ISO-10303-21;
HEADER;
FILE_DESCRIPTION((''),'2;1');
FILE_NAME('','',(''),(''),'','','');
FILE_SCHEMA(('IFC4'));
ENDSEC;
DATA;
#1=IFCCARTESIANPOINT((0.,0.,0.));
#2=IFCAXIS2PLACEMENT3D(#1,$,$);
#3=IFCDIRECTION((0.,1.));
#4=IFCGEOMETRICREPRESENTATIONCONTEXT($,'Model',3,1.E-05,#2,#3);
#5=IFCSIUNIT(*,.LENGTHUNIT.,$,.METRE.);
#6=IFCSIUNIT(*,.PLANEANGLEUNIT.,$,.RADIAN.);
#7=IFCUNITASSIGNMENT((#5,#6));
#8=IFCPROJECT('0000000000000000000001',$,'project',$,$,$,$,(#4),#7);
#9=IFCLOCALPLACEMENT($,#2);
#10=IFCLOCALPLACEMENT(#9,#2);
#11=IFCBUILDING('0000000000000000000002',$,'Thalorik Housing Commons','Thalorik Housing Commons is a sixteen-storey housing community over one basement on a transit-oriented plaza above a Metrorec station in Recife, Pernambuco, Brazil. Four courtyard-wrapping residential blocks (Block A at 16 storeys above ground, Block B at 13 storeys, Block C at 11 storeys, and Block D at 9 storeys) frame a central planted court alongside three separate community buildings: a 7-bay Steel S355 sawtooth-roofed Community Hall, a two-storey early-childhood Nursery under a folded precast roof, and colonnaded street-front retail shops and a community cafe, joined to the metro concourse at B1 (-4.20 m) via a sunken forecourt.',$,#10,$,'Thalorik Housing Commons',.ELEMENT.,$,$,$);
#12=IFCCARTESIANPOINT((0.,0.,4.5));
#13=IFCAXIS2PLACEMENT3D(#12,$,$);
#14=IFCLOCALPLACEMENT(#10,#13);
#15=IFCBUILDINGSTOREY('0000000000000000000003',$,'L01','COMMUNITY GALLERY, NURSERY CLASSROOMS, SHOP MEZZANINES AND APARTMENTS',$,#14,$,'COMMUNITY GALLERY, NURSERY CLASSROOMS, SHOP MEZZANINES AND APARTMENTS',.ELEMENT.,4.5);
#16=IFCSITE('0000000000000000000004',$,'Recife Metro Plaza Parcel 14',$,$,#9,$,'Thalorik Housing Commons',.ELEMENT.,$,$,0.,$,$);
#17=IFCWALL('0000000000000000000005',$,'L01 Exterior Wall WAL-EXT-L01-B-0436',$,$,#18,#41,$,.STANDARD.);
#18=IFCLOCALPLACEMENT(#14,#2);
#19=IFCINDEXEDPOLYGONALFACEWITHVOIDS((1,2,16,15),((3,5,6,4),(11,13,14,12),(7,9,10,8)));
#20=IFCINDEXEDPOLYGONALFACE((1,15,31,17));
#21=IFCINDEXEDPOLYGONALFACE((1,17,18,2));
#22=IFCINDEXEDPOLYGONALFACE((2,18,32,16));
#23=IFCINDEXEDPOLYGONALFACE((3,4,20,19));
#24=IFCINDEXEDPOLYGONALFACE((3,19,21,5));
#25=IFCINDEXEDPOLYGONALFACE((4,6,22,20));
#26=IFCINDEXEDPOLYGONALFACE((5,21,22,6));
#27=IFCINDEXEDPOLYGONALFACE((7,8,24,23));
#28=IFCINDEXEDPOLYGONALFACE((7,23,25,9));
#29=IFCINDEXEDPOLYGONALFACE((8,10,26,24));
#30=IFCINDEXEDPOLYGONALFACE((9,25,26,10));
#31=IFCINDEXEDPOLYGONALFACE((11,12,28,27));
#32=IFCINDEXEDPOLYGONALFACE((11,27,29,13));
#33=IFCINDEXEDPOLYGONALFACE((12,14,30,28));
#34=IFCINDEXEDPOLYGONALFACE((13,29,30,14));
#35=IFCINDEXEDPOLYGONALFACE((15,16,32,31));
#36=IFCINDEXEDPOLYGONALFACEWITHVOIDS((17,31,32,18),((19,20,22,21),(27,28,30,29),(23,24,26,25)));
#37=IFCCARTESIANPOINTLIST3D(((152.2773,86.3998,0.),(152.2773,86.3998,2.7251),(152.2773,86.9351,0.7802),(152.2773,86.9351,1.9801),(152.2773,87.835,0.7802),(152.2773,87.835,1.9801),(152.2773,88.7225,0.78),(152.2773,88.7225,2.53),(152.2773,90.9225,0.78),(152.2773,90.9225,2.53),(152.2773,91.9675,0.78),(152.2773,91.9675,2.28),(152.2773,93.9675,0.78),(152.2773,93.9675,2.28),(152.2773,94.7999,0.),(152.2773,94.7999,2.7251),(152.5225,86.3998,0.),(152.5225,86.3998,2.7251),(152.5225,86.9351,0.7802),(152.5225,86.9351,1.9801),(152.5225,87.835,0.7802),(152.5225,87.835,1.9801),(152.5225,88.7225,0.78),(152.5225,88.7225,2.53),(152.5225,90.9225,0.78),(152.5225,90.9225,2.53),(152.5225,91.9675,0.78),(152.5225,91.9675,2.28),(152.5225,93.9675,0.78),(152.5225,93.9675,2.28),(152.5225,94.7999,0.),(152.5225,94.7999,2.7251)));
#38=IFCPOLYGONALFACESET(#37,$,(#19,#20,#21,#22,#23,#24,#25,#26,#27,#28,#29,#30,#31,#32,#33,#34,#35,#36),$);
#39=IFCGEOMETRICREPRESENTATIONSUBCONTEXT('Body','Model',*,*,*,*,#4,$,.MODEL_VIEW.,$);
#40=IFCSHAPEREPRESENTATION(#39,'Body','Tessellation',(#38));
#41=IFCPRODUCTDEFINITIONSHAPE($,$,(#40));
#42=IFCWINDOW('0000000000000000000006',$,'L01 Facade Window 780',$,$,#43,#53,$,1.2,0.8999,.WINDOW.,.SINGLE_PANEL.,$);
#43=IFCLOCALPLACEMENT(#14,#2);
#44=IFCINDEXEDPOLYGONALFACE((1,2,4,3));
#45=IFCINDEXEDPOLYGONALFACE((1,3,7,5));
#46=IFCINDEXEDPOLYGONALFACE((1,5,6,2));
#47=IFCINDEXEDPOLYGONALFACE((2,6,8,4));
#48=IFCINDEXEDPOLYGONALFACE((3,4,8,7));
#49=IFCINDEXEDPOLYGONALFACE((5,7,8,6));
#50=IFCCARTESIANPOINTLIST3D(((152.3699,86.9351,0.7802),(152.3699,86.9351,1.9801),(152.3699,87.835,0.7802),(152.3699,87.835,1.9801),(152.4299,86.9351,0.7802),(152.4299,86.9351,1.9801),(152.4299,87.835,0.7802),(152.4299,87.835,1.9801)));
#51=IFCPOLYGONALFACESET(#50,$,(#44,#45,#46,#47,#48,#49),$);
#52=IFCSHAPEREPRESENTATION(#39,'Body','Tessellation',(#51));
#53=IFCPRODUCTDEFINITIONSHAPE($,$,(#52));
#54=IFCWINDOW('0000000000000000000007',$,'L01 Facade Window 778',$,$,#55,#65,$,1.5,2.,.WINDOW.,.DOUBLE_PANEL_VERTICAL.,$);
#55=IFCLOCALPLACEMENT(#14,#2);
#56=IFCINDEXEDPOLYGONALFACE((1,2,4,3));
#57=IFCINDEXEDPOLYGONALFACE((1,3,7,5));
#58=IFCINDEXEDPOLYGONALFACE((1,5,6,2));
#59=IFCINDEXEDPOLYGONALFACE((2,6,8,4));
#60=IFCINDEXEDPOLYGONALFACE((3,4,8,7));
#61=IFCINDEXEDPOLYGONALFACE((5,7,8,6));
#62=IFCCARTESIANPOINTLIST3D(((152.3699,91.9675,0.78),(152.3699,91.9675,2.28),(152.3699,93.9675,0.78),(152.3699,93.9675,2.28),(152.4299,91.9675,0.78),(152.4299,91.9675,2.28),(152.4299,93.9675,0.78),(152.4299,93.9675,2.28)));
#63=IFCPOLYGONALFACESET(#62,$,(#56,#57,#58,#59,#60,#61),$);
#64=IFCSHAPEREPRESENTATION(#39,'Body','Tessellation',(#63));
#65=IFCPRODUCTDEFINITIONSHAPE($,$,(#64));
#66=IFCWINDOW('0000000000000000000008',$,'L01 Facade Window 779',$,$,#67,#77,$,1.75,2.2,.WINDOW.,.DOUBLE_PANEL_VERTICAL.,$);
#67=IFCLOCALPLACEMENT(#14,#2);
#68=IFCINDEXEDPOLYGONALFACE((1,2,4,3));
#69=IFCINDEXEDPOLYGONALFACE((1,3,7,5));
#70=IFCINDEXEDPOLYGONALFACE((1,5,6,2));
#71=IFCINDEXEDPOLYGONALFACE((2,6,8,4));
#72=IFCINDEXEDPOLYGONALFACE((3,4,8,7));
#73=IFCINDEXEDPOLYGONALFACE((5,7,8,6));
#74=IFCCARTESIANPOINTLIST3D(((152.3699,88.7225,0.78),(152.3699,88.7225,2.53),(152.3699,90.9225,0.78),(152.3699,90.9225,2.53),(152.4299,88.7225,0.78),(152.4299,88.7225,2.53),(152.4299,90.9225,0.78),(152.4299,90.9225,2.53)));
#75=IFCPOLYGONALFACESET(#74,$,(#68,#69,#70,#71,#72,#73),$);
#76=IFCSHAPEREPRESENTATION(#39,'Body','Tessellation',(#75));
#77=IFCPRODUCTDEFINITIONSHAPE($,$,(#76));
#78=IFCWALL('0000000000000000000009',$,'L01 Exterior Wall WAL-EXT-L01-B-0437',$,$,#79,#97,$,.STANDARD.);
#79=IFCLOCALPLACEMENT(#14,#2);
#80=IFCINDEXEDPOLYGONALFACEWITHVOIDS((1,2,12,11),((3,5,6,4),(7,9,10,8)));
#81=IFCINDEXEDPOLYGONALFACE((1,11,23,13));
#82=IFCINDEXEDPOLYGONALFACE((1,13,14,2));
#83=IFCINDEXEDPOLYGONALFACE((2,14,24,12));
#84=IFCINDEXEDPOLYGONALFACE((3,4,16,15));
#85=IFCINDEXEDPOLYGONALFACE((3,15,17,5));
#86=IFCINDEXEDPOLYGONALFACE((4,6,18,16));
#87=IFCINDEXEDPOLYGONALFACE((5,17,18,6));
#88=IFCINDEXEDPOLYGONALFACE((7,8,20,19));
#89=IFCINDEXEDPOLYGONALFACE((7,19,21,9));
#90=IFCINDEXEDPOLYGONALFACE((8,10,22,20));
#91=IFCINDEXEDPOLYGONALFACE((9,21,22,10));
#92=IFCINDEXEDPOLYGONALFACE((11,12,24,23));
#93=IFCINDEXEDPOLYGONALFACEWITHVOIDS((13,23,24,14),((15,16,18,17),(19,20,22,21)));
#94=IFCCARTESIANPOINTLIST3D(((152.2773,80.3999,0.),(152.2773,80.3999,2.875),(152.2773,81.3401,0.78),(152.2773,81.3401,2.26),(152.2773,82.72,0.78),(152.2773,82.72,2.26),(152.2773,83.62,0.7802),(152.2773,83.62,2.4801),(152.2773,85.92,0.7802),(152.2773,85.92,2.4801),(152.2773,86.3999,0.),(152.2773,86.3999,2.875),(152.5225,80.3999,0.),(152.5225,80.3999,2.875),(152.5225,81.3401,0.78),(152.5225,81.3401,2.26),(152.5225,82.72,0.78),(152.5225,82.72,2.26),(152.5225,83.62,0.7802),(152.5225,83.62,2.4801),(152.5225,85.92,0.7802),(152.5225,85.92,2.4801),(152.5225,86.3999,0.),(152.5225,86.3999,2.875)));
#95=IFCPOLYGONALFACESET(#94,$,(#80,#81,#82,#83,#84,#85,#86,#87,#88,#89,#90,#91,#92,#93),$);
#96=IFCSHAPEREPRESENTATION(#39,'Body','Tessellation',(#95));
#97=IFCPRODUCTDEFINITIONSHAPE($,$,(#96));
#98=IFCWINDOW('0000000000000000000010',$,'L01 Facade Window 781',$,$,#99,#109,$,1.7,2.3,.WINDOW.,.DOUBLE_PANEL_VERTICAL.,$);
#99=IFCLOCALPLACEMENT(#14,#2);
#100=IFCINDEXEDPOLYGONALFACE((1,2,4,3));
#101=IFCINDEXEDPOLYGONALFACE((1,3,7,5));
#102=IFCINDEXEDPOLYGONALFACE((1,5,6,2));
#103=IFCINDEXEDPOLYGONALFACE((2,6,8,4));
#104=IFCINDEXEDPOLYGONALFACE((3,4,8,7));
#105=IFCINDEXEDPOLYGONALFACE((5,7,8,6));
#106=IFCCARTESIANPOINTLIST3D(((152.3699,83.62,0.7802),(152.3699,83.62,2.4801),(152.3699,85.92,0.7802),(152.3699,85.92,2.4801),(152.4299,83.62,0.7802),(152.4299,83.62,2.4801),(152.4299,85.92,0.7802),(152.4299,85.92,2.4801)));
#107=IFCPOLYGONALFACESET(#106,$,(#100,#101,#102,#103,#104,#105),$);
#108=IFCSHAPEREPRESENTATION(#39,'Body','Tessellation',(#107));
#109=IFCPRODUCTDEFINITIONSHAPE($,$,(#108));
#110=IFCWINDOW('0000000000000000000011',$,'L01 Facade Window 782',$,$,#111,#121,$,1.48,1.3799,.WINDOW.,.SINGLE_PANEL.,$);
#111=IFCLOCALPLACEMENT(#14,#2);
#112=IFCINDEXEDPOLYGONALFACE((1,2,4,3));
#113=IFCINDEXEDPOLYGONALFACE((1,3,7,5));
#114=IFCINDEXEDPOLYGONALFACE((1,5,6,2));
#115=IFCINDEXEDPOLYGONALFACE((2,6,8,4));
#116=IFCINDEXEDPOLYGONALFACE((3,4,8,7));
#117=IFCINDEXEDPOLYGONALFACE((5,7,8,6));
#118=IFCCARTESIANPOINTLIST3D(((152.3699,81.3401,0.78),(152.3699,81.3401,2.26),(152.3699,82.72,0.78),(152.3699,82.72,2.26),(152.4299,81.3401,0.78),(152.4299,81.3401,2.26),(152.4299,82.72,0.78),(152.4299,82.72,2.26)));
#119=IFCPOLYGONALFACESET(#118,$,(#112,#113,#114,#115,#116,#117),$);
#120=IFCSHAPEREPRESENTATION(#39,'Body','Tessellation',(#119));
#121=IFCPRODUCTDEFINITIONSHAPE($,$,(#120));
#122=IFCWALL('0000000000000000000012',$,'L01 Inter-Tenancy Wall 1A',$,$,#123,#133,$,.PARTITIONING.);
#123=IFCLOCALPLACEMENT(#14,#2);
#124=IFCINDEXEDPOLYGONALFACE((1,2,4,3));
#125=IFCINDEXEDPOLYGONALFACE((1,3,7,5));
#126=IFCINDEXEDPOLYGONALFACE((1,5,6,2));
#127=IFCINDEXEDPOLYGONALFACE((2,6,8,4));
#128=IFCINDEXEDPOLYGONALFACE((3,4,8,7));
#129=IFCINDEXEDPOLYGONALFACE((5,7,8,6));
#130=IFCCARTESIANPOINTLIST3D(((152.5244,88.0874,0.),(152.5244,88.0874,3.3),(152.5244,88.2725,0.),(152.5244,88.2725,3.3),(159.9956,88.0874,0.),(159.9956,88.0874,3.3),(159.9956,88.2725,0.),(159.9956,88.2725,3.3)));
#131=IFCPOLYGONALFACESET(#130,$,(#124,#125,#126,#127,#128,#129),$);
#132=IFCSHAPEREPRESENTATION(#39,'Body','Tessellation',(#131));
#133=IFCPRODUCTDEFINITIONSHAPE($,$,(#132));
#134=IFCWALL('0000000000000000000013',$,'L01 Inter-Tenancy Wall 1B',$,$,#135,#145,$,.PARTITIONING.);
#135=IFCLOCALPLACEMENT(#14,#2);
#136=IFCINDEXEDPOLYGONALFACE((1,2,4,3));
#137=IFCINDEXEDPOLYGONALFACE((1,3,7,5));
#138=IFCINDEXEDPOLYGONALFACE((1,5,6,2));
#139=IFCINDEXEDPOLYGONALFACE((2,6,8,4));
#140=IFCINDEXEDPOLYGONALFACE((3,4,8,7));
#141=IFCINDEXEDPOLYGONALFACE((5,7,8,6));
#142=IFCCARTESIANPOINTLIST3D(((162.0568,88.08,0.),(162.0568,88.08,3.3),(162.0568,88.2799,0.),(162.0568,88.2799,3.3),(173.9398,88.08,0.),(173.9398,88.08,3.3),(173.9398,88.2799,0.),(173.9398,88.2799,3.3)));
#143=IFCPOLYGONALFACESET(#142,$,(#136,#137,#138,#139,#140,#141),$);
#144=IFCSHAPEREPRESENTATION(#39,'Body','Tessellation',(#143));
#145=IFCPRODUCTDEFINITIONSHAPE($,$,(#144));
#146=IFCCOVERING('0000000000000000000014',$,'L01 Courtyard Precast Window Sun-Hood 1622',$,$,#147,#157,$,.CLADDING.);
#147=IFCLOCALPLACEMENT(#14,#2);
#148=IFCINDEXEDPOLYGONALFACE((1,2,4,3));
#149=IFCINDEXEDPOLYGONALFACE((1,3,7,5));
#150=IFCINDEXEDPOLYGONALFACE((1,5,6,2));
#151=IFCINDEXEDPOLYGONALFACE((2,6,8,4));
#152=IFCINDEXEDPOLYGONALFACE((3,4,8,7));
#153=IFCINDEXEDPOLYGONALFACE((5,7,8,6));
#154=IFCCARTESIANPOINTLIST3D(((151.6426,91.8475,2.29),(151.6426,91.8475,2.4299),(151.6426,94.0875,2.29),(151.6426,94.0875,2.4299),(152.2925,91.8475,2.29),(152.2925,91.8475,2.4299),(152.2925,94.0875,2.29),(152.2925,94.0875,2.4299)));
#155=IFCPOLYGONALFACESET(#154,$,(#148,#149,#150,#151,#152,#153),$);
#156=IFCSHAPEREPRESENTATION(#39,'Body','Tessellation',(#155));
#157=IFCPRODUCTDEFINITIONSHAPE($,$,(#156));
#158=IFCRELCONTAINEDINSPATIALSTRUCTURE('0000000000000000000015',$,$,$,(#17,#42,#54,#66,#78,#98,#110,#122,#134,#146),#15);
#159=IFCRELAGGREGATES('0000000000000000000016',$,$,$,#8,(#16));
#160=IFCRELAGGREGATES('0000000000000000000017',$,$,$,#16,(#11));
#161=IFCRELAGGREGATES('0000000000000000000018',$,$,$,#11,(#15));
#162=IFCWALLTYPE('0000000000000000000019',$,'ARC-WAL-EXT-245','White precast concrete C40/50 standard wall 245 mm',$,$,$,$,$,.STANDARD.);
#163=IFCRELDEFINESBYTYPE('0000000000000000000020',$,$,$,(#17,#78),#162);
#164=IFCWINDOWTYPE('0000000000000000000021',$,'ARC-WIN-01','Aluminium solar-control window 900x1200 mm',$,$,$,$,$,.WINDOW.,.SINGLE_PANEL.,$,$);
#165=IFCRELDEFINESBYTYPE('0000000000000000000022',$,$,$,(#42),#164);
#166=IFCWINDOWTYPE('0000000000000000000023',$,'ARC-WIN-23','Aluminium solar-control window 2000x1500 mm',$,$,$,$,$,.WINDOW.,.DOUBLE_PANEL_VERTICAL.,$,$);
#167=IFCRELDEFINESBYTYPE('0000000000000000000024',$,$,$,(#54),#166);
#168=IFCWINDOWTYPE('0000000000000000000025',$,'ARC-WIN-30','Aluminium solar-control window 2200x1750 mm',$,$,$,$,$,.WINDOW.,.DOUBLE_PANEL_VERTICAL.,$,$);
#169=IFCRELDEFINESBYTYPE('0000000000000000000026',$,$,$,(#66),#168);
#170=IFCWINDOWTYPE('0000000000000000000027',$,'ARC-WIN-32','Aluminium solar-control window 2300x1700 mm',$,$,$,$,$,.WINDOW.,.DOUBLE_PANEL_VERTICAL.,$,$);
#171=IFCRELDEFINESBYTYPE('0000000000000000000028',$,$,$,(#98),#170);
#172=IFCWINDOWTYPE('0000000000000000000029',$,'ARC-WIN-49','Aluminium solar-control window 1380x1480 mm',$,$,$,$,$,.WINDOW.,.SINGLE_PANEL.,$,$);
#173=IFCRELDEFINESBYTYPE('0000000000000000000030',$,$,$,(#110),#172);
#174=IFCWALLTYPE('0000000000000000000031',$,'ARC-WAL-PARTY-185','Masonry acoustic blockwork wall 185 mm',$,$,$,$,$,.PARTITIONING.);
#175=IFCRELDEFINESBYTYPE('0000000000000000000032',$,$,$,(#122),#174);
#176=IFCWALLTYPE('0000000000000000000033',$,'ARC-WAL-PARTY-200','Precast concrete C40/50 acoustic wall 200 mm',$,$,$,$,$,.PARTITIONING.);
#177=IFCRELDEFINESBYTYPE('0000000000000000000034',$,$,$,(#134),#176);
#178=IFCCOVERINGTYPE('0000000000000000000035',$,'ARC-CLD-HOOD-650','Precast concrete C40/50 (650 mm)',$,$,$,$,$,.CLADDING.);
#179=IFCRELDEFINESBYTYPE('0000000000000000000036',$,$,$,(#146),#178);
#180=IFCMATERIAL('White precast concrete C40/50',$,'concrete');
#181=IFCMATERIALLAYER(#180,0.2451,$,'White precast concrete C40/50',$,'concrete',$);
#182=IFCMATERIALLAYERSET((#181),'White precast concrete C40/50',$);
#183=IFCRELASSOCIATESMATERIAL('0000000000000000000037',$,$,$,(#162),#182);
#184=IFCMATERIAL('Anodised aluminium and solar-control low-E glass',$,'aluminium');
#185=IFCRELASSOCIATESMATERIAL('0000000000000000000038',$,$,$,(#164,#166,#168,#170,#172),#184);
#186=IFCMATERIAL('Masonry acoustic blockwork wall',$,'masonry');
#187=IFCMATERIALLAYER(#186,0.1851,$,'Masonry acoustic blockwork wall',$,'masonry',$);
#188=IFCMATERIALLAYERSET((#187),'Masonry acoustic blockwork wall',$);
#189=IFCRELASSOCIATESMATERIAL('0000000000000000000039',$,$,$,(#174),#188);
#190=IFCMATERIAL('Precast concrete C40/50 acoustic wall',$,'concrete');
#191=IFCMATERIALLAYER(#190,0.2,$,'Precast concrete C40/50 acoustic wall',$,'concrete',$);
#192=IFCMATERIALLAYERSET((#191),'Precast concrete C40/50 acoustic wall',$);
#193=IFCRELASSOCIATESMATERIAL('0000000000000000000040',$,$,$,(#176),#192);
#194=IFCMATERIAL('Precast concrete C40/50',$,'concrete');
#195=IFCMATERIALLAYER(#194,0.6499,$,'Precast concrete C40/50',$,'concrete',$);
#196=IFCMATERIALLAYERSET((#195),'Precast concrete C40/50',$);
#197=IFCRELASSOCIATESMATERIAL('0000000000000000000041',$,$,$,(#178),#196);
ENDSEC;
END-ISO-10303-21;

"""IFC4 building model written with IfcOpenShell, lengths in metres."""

from ifc_helpers import new_model, si_unit, direction, frame, frame_2d, origin, origin_2d, place, context, subcontext, project, spatial, rectangle, extrude, material, layer, layer_set, type_object, element, fill, save


model = new_model("IFC4")

# Units and contexts
model_context = context("Model", 3, precision=1e-05, world=origin(), true_north=direction((0.0, 1.0)))
body_context = subcontext(model_context, "Body", "Model", "MODEL_VIEW")
ifc_project = project(units=[si_unit("LENGTHUNIT", "METRE"), si_unit("PLANEANGLEUNIT", "RADIAN")], contexts=[model_context])

# Site, building, storey
site_placement = place(None, origin())
site = spatial("IfcSite", under=ifc_project, at=site_placement, Name="Recife Metro Plaza Parcel 14", LongName="Thalorik Housing Commons", CompositionType="ELEMENT", RefElevation=0.0)
building_placement = place(site_placement, origin())
building = spatial("IfcBuilding", under=site, at=building_placement, Name="Thalorik Housing Commons", Description="Thalorik Housing Commons is a sixteen-storey housing community over one basement on a transit-oriented plaza above a Metrorec station in Recife, Pernambuco, Brazil. Four courtyard-wrapping residential blocks (Block A at 16 storeys above ground, Block B at 13 storeys, Block C at 11 storeys, and Block D at 9 storeys) frame a central planted court alongside three separate community buildings: a 7-bay Steel S355 sawtooth-roofed Community Hall, a two-storey early-childhood Nursery under a folded precast roof, and colonnaded street-front retail shops and a community cafe, joined to the metro concourse at B1 (-4.20 m) via a sunken forecourt.", LongName="Thalorik Housing Commons", CompositionType="ELEMENT")
storey_placement = place(building_placement, frame((0.0, 0.0, 4.5)))
storey = spatial("IfcBuildingStorey", under=building, at=storey_placement, Name="L01", Description="COMMUNITY GALLERY, NURSERY CLASSROOMS, SHOP MEZZANINES AND APARTMENTS", LongName="COMMUNITY GALLERY, NURSERY CLASSROOMS, SHOP MEZZANINES AND APARTMENTS", CompositionType="ELEMENT", Elevation=4.5)

# Shared definitions
ifc_material_1 = material(Name="Precast concrete C40/50", Category="concrete")

# Walls, openings, windows
ifc_material_2 = material(Name="White precast concrete C40/50", Category="concrete")
ifc_layer_1 = layer(ifc_material_2, 0.2451, Name="White precast concrete C40/50", Category="concrete")
ifc_layer_set_1 = layer_set([ifc_layer_1], Name="White precast concrete C40/50")
wall_type_1 = type_object("IfcWallType", Name="ARC-WAL-EXT-245", Description="White precast concrete C40/50 standard wall 245 mm", PredefinedType="STANDARD", material=ifc_layer_set_1)
wall_1_placement = place(storey_placement, frame((152.3999, 94.8, 0.0), z_axis=(0.0, 0.0, 1.0), x_axis=(0.0, -1.0, 0.0)))
wall_1 = element("IfcWall", 1, at=wall_1_placement, inside=storey, type_object=wall_type_1, Name="L01 Exterior Wall WAL-EXT-L01-B-0436", PredefinedType="STANDARD", context=body_context, shape_type="SweptSolid", body=[
    extrude(rectangle(XDim=8.4001, YDim=0.2451, at=frame_2d((4.2002, 0.0))), origin(), (0.0, 0.0, 1.0), 2.7251),
])
opening_1_placement = place(wall_1_placement, frame((0.8325, 0.0, 0.78)))
opening_1 = element("IfcOpeningElement", 2, at=opening_1_placement, cuts=wall_1, PredefinedType="OPENING", context=body_context, shape_type="SweptSolid", body=[
    extrude(rectangle(XDim=2.0, YDim=1.5, at=frame_2d((1.0, 0.75))), frame((0.0, 0.1326, 0.0), z_axis=(0.0, -1.0, 0.0), x_axis=(1.0, 0.0, 0.0)), (0.0, 0.0, 1.0), 0.2651),
])
opening_2_placement = place(wall_1_placement, frame((3.8774, 0.0, 0.78)))
opening_2 = element("IfcOpeningElement", 3, at=opening_2_placement, cuts=wall_1, PredefinedType="OPENING", context=body_context, shape_type="SweptSolid", body=[
    extrude(rectangle(XDim=2.2, YDim=1.75, at=frame_2d((1.1001, 0.875))), frame((0.0, 0.1326, 0.0), z_axis=(0.0, -1.0, 0.0), x_axis=(1.0, 0.0, 0.0)), (0.0, 0.0, 1.0), 0.2651),
])
opening_3_placement = place(wall_1_placement, frame((6.9651, 0.0, 0.78)))
opening_3 = element("IfcOpeningElement", 4, at=opening_3_placement, cuts=wall_1, PredefinedType="OPENING", context=body_context, shape_type="SweptSolid", body=[
    extrude(rectangle(XDim=0.8999, YDim=1.2, at=frame_2d((0.45, 0.6001))), frame((0.0, 0.1326, 0.0), z_axis=(0.0, -1.0, 0.0), x_axis=(1.0, 0.0, 0.0)), (0.0, 0.0, 1.0), 0.2651),
])
ifc_material_3 = material(Name="Anodised aluminium and solar-control low-E glass", Category="aluminium")
window_type_1 = type_object("IfcWindowType", Name="ARC-WIN-01", Description="Aluminium solar-control window 900x1200 mm", PartitioningType="SINGLE_PANEL", PredefinedType="WINDOW", material=ifc_material_3)
window_1_placement = place(opening_3_placement, origin())
window_1 = element("IfcWindow", 5, at=window_1_placement, inside=storey, type_object=window_type_1, Name="L01 Facade Window 780", OverallHeight=1.2, OverallWidth=0.8999, PartitioningType="SINGLE_PANEL", PredefinedType="WINDOW", context=body_context, shape_type="SweptSolid", body=[
    extrude(rectangle(XDim=0.8999, YDim=1.2, at=frame_2d((0.45, 0.6001))), frame((0.0, 0.03, 0.0), z_axis=(0.0, -1.0, 0.0), x_axis=(1.0, 0.0, 0.0)), (0.0, 0.0, 1.0), 0.0601),
])
fill(opening_3, window_1)
window_type_2 = type_object("IfcWindowType", Name="ARC-WIN-23", Description="Aluminium solar-control window 2000x1500 mm", PartitioningType="DOUBLE_PANEL_VERTICAL", PredefinedType="WINDOW", material=ifc_material_3)
window_2_placement = place(opening_1_placement, origin())
window_2 = element("IfcWindow", 6, at=window_2_placement, inside=storey, type_object=window_type_2, Name="L01 Facade Window 778", OverallHeight=1.5, OverallWidth=2.0, PartitioningType="DOUBLE_PANEL_VERTICAL", PredefinedType="WINDOW", context=body_context, shape_type="SweptSolid", body=[
    extrude(rectangle(XDim=2.0, YDim=1.5, at=frame_2d((1.0, 0.75))), frame((0.0, 0.03, 0.0), z_axis=(0.0, -1.0, 0.0), x_axis=(1.0, 0.0, 0.0)), (0.0, 0.0, 1.0), 0.0601),
])
fill(opening_1, window_2)
window_type_3 = type_object("IfcWindowType", Name="ARC-WIN-30", Description="Aluminium solar-control window 2200x1750 mm", PartitioningType="DOUBLE_PANEL_VERTICAL", PredefinedType="WINDOW", material=ifc_material_3)
window_3_placement = place(opening_2_placement, origin())
window_3 = element("IfcWindow", 7, at=window_3_placement, inside=storey, type_object=window_type_3, Name="L01 Facade Window 779", OverallHeight=1.75, OverallWidth=2.2, PartitioningType="DOUBLE_PANEL_VERTICAL", PredefinedType="WINDOW", context=body_context, shape_type="SweptSolid", body=[
    extrude(rectangle(XDim=2.2, YDim=1.75, at=frame_2d((1.1001, 0.875))), frame((0.0, 0.03, 0.0), z_axis=(0.0, -1.0, 0.0), x_axis=(1.0, 0.0, 0.0)), (0.0, 0.0, 1.0), 0.0601),
])
fill(opening_2, window_3)
wall_2_placement = place(storey_placement, frame((152.3999, 86.3999, 0.0), z_axis=(0.0, 0.0, 1.0), x_axis=(0.0, -1.0, 0.0)))
wall_2 = element("IfcWall", 8, at=wall_2_placement, inside=storey, type_object=wall_type_1, Name="L01 Exterior Wall WAL-EXT-L01-B-0437", PredefinedType="STANDARD", context=body_context, shape_type="SweptSolid", body=[
    extrude(rectangle(XDim=6.0, YDim=0.2451, at=frame_2d((3.0, 0.0))), origin(), (0.0, 0.0, 1.0), 2.875),
])
opening_4_placement = place(wall_2_placement, frame((0.48, 0.0, 0.78)))
opening_4 = element("IfcOpeningElement", 9, at=opening_4_placement, cuts=wall_2, PredefinedType="OPENING", context=body_context, shape_type="SweptSolid", body=[
    extrude(rectangle(XDim=2.3, YDim=1.7, at=frame_2d((1.1499, 0.8501))), frame((0.0, 0.1326, 0.0), z_axis=(0.0, -1.0, 0.0), x_axis=(1.0, 0.0, 0.0)), (0.0, 0.0, 1.0), 0.2651),
])
opening_5_placement = place(wall_2_placement, frame((3.6799, 0.0, 0.78)))
opening_5 = element("IfcOpeningElement", 10, at=opening_5_placement, cuts=wall_2, PredefinedType="OPENING", context=body_context, shape_type="SweptSolid", body=[
    extrude(rectangle(XDim=1.3799, YDim=1.48, at=frame_2d((0.6899, 0.74))), frame((0.0, 0.1326, 0.0), z_axis=(0.0, -1.0, 0.0), x_axis=(1.0, 0.0, 0.0)), (0.0, 0.0, 1.0), 0.2651),
])
window_type_4 = type_object("IfcWindowType", Name="ARC-WIN-32", Description="Aluminium solar-control window 2300x1700 mm", PartitioningType="DOUBLE_PANEL_VERTICAL", PredefinedType="WINDOW", material=ifc_material_3)
window_4_placement = place(opening_4_placement, origin())
window_4 = element("IfcWindow", 11, at=window_4_placement, inside=storey, type_object=window_type_4, Name="L01 Facade Window 781", OverallHeight=1.7, OverallWidth=2.3, PartitioningType="DOUBLE_PANEL_VERTICAL", PredefinedType="WINDOW", context=body_context, shape_type="SweptSolid", body=[
    extrude(rectangle(XDim=2.3, YDim=1.7, at=frame_2d((1.1499, 0.8501))), frame((0.0, 0.03, 0.0), z_axis=(0.0, -1.0, 0.0), x_axis=(1.0, 0.0, 0.0)), (0.0, 0.0, 1.0), 0.0601),
])
fill(opening_4, window_4)
window_type_5 = type_object("IfcWindowType", Name="ARC-WIN-49", Description="Aluminium solar-control window 1380x1480 mm", PartitioningType="SINGLE_PANEL", PredefinedType="WINDOW", material=ifc_material_3)
window_5_placement = place(opening_5_placement, origin())
window_5 = element("IfcWindow", 12, at=window_5_placement, inside=storey, type_object=window_type_5, Name="L01 Facade Window 782", OverallHeight=1.48, OverallWidth=1.3799, PartitioningType="SINGLE_PANEL", PredefinedType="WINDOW", context=body_context, shape_type="SweptSolid", body=[
    extrude(rectangle(XDim=1.3799, YDim=1.48, at=frame_2d((0.6899, 0.74))), frame((0.0, 0.03, 0.0), z_axis=(0.0, -1.0, 0.0), x_axis=(1.0, 0.0, 0.0)), (0.0, 0.0, 1.0), 0.0601),
])
fill(opening_5, window_5)

# Walls
ifc_material_4 = material(Name="Masonry acoustic blockwork wall", Category="masonry")
ifc_layer_2 = layer(ifc_material_4, 0.1851, Name="Masonry acoustic blockwork wall", Category="masonry")
ifc_layer_set_2 = layer_set([ifc_layer_2], Name="Masonry acoustic blockwork wall")
wall_type_2 = type_object("IfcWallType", Name="ARC-WAL-PARTY-185", Description="Masonry acoustic blockwork wall 185 mm", PredefinedType="PARTITIONING", material=ifc_layer_set_2)
wall_3_placement = place(storey_placement, frame((152.5244, 88.1799, 0.0), z_axis=(0.0, 0.0, 1.0), x_axis=(1.0, 0.0, 0.0)))
element("IfcWall", 13, at=wall_3_placement, inside=storey, type_object=wall_type_2, Name="L01 Inter-Tenancy Wall 1A", PredefinedType="PARTITIONING", context=body_context, shape_type="SweptSolid", body=[
    extrude(rectangle(XDim=7.4712, YDim=0.1851, at=frame_2d((3.7356, 0.0))), origin(), (0.0, 0.0, 1.0), 3.3),
])
ifc_material_5 = material(Name="Precast concrete C40/50 acoustic wall", Category="concrete")
ifc_layer_3 = layer(ifc_material_5, 0.2, Name="Precast concrete C40/50 acoustic wall", Category="concrete")
ifc_layer_set_3 = layer_set([ifc_layer_3], Name="Precast concrete C40/50 acoustic wall")
wall_type_3 = type_object("IfcWallType", Name="ARC-WAL-PARTY-200", Description="Precast concrete C40/50 acoustic wall 200 mm", PredefinedType="PARTITIONING", material=ifc_layer_set_3)
wall_4_placement = place(storey_placement, frame((162.0569, 88.1799, 0.0), z_axis=(0.0, 0.0, 1.0), x_axis=(1.0, 0.0, 0.0)))
element("IfcWall", 14, at=wall_4_placement, inside=storey, type_object=wall_type_3, Name="L01 Inter-Tenancy Wall 1B", PredefinedType="PARTITIONING", context=body_context, shape_type="SweptSolid", body=[
    extrude(rectangle(XDim=11.8831, YDim=0.2, at=frame_2d((5.9414, 0.0))), origin(), (0.0, 0.0, 1.0), 3.3),
])

# Covering
ifc_layer_4 = layer(ifc_material_1, 0.6499, Name="Precast concrete C40/50", Category="concrete")
ifc_layer_set_4 = layer_set([ifc_layer_4], Name="Precast concrete C40/50")
covering_type = type_object("IfcCoveringType", Name="ARC-CLD-HOOD-650", Description="Precast concrete C40/50 (650 mm)", PredefinedType="CLADDING", material=ifc_layer_set_4)
covering_placement = place(storey_placement, frame((151.9675, 92.9675, 2.29), z_axis=(0.0, 0.0, 1.0), x_axis=(0.0, -1.0, 0.0)))
element("IfcCovering", 15, at=covering_placement, inside=storey, type_object=covering_type, Name="L01 Courtyard Precast Window Sun-Hood 1622", PredefinedType="CLADDING", context=body_context, shape_type="SweptSolid", body=[
    extrude(rectangle(XDim=2.24, YDim=0.6499, at=origin_2d()), origin(), (0.0, 0.0, 1.0), 0.1399),
])

save(model, "model.ifc")
